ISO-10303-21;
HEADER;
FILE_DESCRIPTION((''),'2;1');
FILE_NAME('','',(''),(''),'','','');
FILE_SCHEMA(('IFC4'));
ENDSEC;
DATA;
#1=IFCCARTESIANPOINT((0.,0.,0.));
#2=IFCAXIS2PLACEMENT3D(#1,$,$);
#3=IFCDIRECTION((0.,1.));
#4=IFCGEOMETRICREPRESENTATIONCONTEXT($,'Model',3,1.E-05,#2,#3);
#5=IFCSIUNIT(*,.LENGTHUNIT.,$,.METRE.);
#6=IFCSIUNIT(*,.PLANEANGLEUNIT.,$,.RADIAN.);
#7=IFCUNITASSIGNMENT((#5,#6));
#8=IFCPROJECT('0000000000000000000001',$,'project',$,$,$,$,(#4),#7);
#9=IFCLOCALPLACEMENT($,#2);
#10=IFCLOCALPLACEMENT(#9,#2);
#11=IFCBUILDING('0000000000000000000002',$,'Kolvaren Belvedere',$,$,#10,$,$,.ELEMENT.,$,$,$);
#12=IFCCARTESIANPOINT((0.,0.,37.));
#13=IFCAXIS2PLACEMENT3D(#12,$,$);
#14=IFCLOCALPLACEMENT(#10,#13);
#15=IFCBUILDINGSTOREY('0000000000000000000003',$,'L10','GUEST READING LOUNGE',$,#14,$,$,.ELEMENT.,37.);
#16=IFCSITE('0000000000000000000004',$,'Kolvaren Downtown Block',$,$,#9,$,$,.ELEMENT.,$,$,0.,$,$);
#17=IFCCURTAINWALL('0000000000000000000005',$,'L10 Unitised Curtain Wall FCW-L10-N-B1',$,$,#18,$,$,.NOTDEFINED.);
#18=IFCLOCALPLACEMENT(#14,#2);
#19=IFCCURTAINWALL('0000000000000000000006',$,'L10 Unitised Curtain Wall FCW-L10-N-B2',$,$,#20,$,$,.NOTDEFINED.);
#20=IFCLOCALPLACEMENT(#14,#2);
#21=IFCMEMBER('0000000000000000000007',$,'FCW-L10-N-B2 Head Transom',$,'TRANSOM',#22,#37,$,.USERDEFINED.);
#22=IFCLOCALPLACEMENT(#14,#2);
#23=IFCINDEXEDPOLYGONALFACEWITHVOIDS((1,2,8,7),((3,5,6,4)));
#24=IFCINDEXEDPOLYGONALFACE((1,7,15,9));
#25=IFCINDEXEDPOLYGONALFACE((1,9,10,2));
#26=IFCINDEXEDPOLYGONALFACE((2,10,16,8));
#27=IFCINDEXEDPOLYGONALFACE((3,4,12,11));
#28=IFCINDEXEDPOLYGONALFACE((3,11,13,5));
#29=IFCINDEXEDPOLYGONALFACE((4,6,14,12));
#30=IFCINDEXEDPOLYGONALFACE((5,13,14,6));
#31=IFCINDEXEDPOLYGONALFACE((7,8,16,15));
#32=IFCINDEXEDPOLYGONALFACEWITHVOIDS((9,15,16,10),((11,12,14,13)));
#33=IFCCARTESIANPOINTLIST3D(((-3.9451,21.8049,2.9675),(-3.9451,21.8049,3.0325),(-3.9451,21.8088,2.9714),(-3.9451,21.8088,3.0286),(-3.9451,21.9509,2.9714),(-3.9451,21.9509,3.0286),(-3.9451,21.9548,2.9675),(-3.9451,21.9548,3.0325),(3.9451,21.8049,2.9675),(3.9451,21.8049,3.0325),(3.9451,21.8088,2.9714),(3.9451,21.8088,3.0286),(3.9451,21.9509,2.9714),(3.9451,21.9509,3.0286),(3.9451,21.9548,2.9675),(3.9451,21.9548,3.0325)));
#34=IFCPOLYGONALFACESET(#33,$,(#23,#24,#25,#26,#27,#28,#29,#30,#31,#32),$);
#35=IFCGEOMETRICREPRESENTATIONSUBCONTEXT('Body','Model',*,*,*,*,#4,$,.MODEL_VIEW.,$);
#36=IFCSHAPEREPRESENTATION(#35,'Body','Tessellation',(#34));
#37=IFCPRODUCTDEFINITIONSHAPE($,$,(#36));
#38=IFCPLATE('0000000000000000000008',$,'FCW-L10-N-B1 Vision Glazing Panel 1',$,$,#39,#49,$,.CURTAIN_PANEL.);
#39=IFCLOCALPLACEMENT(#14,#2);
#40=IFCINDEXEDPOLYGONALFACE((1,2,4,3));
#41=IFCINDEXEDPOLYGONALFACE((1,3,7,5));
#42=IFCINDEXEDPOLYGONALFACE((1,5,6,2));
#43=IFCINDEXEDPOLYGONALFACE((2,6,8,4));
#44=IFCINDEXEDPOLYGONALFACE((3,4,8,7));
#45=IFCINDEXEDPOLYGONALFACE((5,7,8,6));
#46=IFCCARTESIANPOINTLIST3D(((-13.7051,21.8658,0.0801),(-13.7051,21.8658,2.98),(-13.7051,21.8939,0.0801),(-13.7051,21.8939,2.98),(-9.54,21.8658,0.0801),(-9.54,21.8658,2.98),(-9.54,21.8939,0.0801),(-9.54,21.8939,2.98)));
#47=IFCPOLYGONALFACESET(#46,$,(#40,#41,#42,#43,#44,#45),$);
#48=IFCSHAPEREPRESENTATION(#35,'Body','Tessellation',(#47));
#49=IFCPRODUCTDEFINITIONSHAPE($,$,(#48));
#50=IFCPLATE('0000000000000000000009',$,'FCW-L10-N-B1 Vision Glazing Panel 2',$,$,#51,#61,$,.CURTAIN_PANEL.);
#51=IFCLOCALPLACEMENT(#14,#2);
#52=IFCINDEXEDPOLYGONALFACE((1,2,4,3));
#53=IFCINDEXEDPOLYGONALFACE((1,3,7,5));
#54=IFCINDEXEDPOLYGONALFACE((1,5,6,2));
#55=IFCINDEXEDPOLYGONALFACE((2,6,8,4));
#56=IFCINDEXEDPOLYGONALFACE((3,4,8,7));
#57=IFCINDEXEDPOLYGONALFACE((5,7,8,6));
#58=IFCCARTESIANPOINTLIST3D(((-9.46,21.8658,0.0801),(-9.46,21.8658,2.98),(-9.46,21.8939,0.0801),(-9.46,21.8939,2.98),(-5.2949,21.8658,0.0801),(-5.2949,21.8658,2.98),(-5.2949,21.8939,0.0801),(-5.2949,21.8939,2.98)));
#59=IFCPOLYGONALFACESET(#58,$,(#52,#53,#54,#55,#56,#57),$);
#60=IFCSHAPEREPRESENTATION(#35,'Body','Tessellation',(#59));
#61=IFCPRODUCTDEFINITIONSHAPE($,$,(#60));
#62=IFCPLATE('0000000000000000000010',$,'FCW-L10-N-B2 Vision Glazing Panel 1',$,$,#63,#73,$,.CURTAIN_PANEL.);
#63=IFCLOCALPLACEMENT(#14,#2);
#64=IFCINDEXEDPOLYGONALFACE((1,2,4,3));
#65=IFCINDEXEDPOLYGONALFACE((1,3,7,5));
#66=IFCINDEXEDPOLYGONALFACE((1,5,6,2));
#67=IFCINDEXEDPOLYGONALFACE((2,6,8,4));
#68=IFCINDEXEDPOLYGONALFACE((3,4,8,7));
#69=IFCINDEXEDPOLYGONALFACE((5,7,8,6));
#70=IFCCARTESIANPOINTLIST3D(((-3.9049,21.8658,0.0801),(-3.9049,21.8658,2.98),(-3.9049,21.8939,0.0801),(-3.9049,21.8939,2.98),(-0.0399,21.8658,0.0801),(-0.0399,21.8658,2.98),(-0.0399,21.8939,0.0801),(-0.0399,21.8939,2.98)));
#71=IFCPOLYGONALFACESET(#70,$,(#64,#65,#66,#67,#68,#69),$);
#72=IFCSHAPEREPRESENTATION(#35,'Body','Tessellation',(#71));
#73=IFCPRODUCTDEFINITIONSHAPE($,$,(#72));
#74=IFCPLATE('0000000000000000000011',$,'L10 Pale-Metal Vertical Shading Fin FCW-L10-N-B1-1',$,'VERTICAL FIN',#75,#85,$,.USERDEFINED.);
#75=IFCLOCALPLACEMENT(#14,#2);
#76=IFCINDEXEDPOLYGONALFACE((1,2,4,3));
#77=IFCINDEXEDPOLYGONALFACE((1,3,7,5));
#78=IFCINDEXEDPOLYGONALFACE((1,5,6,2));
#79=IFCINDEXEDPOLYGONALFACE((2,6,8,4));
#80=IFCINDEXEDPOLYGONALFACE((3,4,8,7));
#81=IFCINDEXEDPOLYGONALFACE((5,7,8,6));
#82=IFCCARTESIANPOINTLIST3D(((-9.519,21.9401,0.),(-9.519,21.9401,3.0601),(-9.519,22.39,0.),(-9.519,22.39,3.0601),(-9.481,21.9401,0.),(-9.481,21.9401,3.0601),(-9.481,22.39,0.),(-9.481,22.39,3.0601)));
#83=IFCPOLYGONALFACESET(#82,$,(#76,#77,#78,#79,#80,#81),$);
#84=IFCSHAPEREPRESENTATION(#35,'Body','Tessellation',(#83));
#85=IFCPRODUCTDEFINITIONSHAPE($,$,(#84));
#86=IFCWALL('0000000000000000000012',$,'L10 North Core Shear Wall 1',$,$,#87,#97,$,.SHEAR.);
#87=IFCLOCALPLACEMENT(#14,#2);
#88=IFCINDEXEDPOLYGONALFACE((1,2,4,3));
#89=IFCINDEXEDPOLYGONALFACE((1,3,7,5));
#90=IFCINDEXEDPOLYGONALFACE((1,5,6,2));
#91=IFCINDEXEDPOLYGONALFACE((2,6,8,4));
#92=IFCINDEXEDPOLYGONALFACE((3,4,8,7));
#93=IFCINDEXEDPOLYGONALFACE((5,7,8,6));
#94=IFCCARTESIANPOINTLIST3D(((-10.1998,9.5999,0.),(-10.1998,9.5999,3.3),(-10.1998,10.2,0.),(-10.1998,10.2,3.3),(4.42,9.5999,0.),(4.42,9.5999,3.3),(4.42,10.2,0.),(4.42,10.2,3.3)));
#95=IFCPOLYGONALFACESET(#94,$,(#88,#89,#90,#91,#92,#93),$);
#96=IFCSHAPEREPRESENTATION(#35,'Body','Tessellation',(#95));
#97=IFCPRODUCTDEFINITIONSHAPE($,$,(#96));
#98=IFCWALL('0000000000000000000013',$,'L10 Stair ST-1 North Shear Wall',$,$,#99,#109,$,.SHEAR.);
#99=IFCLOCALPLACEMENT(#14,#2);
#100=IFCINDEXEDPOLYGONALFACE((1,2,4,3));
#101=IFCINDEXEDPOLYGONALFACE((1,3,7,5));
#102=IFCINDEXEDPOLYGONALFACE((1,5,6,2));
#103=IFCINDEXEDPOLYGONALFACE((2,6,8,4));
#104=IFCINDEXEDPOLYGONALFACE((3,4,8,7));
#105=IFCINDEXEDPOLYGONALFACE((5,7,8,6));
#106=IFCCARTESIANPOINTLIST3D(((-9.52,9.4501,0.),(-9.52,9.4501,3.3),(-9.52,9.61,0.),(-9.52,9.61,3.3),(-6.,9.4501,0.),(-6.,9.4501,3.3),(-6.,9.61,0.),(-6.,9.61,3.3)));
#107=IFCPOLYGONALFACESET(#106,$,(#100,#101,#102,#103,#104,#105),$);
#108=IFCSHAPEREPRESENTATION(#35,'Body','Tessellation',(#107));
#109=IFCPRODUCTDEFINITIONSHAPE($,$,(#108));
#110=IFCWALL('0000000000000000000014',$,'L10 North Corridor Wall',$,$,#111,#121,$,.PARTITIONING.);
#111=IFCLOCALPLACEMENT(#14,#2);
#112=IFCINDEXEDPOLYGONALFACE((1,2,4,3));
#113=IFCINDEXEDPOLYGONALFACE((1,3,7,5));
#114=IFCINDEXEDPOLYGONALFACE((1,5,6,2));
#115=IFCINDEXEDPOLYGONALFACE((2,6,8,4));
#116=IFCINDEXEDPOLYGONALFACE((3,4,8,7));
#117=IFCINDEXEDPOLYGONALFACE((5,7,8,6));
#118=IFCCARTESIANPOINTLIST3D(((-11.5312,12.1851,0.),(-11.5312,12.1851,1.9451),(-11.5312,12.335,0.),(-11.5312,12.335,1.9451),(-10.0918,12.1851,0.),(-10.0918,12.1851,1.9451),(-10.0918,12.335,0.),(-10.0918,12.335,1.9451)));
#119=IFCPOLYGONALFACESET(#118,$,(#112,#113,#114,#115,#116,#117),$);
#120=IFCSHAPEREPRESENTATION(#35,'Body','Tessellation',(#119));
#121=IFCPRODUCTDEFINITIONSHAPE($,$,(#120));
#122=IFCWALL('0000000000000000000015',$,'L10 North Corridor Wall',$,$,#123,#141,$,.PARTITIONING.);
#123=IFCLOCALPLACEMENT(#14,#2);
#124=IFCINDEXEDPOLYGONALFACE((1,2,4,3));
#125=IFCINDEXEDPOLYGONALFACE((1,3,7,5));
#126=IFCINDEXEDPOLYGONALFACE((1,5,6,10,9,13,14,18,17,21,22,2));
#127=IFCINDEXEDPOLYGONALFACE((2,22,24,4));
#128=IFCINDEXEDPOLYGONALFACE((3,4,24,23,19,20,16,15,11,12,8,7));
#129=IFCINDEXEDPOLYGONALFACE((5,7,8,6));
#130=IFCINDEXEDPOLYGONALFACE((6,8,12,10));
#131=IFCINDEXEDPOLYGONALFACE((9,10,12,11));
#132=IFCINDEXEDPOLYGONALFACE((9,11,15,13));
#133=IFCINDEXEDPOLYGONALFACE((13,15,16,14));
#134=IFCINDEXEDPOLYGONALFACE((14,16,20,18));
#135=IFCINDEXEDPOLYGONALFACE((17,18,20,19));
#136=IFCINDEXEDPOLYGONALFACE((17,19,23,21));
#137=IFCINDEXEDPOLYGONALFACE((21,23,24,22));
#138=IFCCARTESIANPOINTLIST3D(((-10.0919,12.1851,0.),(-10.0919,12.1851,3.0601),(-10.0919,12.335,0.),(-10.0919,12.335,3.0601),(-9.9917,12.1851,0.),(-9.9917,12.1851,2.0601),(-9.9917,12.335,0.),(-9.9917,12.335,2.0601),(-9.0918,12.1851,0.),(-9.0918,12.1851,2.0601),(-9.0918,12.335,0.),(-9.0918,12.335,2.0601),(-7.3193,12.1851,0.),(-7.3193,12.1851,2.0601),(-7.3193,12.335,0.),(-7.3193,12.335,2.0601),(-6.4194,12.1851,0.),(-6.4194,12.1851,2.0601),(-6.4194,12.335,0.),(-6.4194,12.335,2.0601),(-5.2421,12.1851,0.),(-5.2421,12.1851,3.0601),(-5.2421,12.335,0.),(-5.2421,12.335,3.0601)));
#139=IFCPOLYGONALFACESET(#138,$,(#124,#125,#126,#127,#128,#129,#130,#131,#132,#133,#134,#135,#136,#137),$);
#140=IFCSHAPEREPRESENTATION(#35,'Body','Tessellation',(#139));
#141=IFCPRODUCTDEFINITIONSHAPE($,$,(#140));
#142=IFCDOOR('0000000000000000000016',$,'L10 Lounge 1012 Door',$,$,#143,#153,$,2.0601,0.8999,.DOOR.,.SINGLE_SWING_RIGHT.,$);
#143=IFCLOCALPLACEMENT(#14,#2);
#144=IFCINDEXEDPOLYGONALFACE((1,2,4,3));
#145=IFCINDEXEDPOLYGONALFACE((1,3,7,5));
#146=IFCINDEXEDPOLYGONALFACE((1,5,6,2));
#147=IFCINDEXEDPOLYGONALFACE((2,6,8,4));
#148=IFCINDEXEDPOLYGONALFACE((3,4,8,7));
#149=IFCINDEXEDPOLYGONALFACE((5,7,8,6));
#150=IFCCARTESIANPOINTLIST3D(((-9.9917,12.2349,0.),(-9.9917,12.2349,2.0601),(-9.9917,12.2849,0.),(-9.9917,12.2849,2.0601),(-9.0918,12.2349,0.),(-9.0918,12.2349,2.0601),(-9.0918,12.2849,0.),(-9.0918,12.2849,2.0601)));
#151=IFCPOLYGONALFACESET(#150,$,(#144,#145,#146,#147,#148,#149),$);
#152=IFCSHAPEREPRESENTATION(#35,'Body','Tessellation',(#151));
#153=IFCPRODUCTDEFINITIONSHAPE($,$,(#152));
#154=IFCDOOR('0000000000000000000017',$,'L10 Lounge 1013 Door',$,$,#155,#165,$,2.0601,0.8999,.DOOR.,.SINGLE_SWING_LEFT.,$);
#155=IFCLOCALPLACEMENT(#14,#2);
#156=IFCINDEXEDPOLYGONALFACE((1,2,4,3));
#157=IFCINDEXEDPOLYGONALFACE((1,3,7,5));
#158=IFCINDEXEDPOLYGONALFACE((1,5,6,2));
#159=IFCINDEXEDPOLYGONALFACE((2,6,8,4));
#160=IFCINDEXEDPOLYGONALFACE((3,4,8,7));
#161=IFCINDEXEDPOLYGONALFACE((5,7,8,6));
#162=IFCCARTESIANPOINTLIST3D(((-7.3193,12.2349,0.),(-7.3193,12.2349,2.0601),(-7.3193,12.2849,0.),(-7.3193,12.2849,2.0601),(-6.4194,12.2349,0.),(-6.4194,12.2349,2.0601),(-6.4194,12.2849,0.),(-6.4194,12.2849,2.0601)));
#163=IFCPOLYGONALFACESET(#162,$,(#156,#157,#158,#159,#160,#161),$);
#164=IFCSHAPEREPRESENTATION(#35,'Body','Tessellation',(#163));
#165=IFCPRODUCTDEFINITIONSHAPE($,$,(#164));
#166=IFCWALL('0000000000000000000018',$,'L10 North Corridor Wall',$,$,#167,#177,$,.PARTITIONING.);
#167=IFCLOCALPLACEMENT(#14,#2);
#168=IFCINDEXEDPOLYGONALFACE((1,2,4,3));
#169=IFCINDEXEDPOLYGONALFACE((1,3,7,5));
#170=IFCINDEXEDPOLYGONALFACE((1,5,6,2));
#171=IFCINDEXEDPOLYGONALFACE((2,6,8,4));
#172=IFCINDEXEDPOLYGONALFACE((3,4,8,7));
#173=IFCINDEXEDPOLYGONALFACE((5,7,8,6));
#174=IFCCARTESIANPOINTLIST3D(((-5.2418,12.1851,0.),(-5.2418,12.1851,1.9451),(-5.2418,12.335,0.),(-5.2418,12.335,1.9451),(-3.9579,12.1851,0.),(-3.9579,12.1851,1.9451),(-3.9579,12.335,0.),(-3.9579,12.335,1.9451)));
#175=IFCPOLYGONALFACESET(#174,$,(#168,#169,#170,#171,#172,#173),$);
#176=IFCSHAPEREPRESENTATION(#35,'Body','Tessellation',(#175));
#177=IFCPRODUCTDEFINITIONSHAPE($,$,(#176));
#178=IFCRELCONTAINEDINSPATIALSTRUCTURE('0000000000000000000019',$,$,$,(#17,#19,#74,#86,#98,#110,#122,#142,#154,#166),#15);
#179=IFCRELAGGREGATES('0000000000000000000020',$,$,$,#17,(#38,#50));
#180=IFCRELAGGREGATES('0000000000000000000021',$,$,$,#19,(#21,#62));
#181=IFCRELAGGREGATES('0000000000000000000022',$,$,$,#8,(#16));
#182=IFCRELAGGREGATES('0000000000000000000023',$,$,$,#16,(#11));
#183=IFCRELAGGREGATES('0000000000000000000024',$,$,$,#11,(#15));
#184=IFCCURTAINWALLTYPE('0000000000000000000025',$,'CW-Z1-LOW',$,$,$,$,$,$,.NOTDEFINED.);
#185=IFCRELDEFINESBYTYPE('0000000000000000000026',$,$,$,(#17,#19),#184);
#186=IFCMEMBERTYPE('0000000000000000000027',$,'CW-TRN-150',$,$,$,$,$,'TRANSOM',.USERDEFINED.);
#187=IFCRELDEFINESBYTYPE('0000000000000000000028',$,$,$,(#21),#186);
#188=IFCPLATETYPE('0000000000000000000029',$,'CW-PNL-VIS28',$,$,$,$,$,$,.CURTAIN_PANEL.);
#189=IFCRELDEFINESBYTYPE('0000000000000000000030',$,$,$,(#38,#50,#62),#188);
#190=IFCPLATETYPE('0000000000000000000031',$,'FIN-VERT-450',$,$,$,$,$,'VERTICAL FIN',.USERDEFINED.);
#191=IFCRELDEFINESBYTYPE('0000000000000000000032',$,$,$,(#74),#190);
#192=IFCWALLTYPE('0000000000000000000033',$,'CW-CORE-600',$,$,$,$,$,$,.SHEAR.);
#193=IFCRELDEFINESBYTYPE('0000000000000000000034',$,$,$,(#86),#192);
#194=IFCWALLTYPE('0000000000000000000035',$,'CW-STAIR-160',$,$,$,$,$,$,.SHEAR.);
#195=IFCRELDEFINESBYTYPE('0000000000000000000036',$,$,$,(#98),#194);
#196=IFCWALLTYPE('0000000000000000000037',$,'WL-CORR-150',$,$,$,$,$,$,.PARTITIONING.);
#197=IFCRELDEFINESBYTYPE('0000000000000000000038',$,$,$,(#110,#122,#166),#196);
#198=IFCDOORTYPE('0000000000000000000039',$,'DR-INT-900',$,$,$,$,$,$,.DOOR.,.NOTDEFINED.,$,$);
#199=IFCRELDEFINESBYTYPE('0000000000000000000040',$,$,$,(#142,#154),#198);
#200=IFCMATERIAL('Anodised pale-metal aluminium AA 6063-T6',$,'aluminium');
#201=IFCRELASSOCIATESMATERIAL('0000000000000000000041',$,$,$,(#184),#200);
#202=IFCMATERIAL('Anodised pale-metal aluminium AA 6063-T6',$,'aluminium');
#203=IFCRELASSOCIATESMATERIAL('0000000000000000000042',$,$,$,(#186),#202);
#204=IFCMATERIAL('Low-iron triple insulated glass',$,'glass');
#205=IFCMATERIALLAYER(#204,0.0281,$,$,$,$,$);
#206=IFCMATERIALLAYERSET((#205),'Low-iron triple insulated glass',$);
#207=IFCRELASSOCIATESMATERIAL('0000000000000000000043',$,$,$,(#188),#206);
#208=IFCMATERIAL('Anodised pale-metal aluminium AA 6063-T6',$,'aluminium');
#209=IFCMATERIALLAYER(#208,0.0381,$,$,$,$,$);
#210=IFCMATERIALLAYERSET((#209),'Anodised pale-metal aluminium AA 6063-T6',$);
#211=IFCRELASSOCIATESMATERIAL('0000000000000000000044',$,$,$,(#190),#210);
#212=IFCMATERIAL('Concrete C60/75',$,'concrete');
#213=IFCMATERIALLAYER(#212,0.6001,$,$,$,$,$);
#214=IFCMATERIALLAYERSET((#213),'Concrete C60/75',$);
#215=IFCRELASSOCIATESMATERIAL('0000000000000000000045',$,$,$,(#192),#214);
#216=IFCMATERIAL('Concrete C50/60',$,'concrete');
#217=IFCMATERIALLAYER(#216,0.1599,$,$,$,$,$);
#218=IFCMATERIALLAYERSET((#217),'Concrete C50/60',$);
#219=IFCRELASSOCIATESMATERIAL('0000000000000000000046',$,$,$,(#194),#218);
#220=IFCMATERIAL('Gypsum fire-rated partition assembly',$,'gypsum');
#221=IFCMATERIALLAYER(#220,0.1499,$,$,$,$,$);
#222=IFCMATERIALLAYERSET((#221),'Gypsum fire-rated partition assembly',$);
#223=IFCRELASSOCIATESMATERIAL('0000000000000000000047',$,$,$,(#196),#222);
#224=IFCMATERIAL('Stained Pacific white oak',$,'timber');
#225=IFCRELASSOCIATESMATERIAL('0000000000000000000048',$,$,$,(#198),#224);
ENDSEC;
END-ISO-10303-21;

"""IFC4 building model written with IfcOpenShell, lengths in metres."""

from ifc_helpers import new_model, si_unit, direction, frame, frame_2d, origin, origin_2d, place, context, subcontext, project, spatial, rectangle, hollow_rectangle, extrude, material, layer, layer_set, material_profile, profile_set, type_object, element, fill, aggregate, save


model = new_model("IFC4")

# Units and contexts
model_context = context("Model", 3, precision=1e-05, world=origin(), true_north=direction((0.0, 1.0)))
body_context = subcontext(model_context, "Body", "Model", "MODEL_VIEW")
ifc_project = project(units=[si_unit("LENGTHUNIT", "METRE"), si_unit("PLANEANGLEUNIT", "RADIAN")], contexts=[model_context])

# Site, building, storey
site_placement = place(None, origin())
site = spatial("IfcSite", under=ifc_project, at=site_placement, Name="Kolvaren Downtown Block", CompositionType="ELEMENT", RefElevation=0.0)
building_placement = place(site_placement, origin())
building = spatial("IfcBuilding", under=site, at=building_placement, Name="Kolvaren Belvedere", CompositionType="ELEMENT")
storey_placement = place(building_placement, frame((0.0, 0.0, 37.0)))
storey = spatial("IfcBuildingStorey", under=building, at=storey_placement, Name="L10", Description="GUEST READING LOUNGE", CompositionType="ELEMENT", Elevation=37.0)

# Curtain walls, member
ifc_material_1 = material(Name="Anodised pale-metal aluminium AA 6063-T6", Category="aluminium")
curtain_wall_type = type_object("IfcCurtainWallType", Name="CW-Z1-LOW", PredefinedType="NOTDEFINED", material=ifc_material_1)
curtain_wall_1_placement = place(storey_placement, origin())
curtain_wall_1 = element("IfcCurtainWall", 1, at=curtain_wall_1_placement, inside=storey, type_object=curtain_wall_type, Name="L10 Unitised Curtain Wall FCW-L10-N-B1", PredefinedType="NOTDEFINED")
curtain_wall_2_placement = place(storey_placement, origin())
curtain_wall_2 = element("IfcCurtainWall", 2, at=curtain_wall_2_placement, inside=storey, type_object=curtain_wall_type, Name="L10 Unitised Curtain Wall FCW-L10-N-B2", PredefinedType="NOTDEFINED")
ifc_material_2 = material(Name="Anodised pale-metal aluminium AA 6063-T6", Category="aluminium")
ifc_material_profile_1 = material_profile(ifc_material_2, hollow_rectangle(XDim=0.0649, YDim=0.1499, WallThickness=0.0039, at=origin_2d()), Name="ALU-TRN-150X65")
ifc_profile_set_1 = profile_set([ifc_material_profile_1], Name="Anodised pale-metal aluminium AA 6063-T6")
member_type_1 = type_object("IfcMemberType", Name="CW-TRN-150", ElementType="TRANSOM", PredefinedType="USERDEFINED", material=ifc_profile_set_1)
member_1_placement = place(storey_placement, frame((-3.9451, 21.8799, 3.0), z_axis=(1.0, 0.0, 0.0), x_axis=(0.0, 0.0, 1.0)))
member_1 = element("IfcMember", 3, at=member_1_placement, type_object=member_type_1, Name="FCW-L10-N-B2 Head Transom", ObjectType="TRANSOM", PredefinedType="USERDEFINED", context=body_context, shape_type="SweptSolid", body=[
    extrude(hollow_rectangle(XDim=0.0649, YDim=0.1499, WallThickness=0.0039, at=origin_2d()), origin(), (0.0, 0.0, 1.0), 7.8901),
])

# Plates
ifc_material_3 = material(Name="Low-iron triple insulated glass", Category="glass")
ifc_layer_1 = layer(ifc_material_3, 0.0281)
ifc_layer_set_1 = layer_set([ifc_layer_1], Name="Low-iron triple insulated glass")
plate_type_1 = type_object("IfcPlateType", Name="CW-PNL-VIS28", PredefinedType="CURTAIN_PANEL", material=ifc_layer_set_1)
plate_1_placement = place(storey_placement, frame((-11.6226, 21.8799, 0.0801), z_axis=(0.0, 0.0, 1.0), x_axis=(1.0, 0.0, 0.0)))
plate_1 = element("IfcPlate", 4, at=plate_1_placement, type_object=plate_type_1, Name="FCW-L10-N-B1 Vision Glazing Panel 1", PredefinedType="CURTAIN_PANEL", context=body_context, shape_type="SweptSolid", body=[
    extrude(rectangle(XDim=4.165, YDim=0.0281, at=origin_2d()), origin(), (0.0, 0.0, 1.0), 2.8999),
])
plate_2_placement = place(storey_placement, frame((-7.3774, 21.8799, 0.0801), z_axis=(0.0, 0.0, 1.0), x_axis=(1.0, 0.0, 0.0)))
plate_2 = element("IfcPlate", 5, at=plate_2_placement, type_object=plate_type_1, Name="FCW-L10-N-B1 Vision Glazing Panel 2", PredefinedType="CURTAIN_PANEL", context=body_context, shape_type="SweptSolid", body=[
    extrude(rectangle(XDim=4.165, YDim=0.0281, at=origin_2d()), origin(), (0.0, 0.0, 1.0), 2.8999),
])
aggregate(curtain_wall_1, [plate_1, plate_2])
plate_3_placement = place(storey_placement, frame((-1.9724, 21.8799, 0.0801), z_axis=(0.0, 0.0, 1.0), x_axis=(1.0, 0.0, 0.0)))
plate_3 = element("IfcPlate", 6, at=plate_3_placement, type_object=plate_type_1, Name="FCW-L10-N-B2 Vision Glazing Panel 1", PredefinedType="CURTAIN_PANEL", context=body_context, shape_type="SweptSolid", body=[
    extrude(rectangle(XDim=3.865, YDim=0.0281, at=origin_2d()), origin(), (0.0, 0.0, 1.0), 2.8999),
])
aggregate(curtain_wall_2, [member_1, plate_3])
ifc_material_4 = material(Name="Anodised pale-metal aluminium AA 6063-T6", Category="aluminium")
ifc_layer_2 = layer(ifc_material_4, 0.0381)
ifc_layer_set_2 = layer_set([ifc_layer_2], Name="Anodised pale-metal aluminium AA 6063-T6")
plate_type_2 = type_object("IfcPlateType", Name="FIN-VERT-450", ElementType="VERTICAL FIN", PredefinedType="USERDEFINED", material=ifc_layer_set_2)
plate_4_placement = place(storey_placement, frame((-9.5, 22.165, 0.0), z_axis=(0.0, 0.0, 1.0), x_axis=(0.0, 1.0, 0.0)))
element("IfcPlate", 7, at=plate_4_placement, inside=storey, type_object=plate_type_2, Name="L10 Pale-Metal Vertical Shading Fin FCW-L10-N-B1-1", ObjectType="VERTICAL FIN", PredefinedType="USERDEFINED", context=body_context, shape_type="SweptSolid", body=[
    extrude(rectangle(XDim=0.45, YDim=0.0381, at=origin_2d()), origin(), (0.0, 0.0, 1.0), 3.0601),
])

# Walls
ifc_material_5 = material(Name="Concrete C60/75", Category="concrete")
ifc_layer_3 = layer(ifc_material_5, 0.6001)
ifc_layer_set_3 = layer_set([ifc_layer_3], Name="Concrete C60/75")
wall_type_1 = type_object("IfcWallType", Name="CW-CORE-600", PredefinedType="SHEAR", material=ifc_layer_set_3)
wall_1_placement = place(storey_placement, frame((-10.2, 9.8999, 0.0), z_axis=(0.0, 0.0, 1.0), x_axis=(1.0, 0.0, 0.0)))
element("IfcWall", 8, at=wall_1_placement, inside=storey, type_object=wall_type_1, Name="L10 North Core Shear Wall 1", PredefinedType="SHEAR", context=body_context, shape_type="SweptSolid", body=[
    extrude(rectangle(XDim=14.6199, YDim=0.6001, at=frame_2d((7.3101, 0.0))), origin(), (0.0, 0.0, 1.0), 3.3),
])
ifc_material_6 = material(Name="Concrete C50/60", Category="concrete")
ifc_layer_4 = layer(ifc_material_6, 0.1599)
ifc_layer_set_4 = layer_set([ifc_layer_4], Name="Concrete C50/60")
wall_type_2 = type_object("IfcWallType", Name="CW-STAIR-160", PredefinedType="SHEAR", material=ifc_layer_set_4)
wall_2_placement = place(storey_placement, frame((-9.52, 9.53, 0.0), z_axis=(0.0, 0.0, 1.0), x_axis=(1.0, 0.0, 0.0)))
element("IfcWall", 9, at=wall_2_placement, inside=storey, type_object=wall_type_2, Name="L10 Stair ST-1 North Shear Wall", PredefinedType="SHEAR", context=body_context, shape_type="SweptSolid", body=[
    extrude(rectangle(XDim=3.52, YDim=0.1599, at=frame_2d((1.76, 0.0))), origin(), (0.0, 0.0, 1.0), 3.3),
])
ifc_material_7 = material(Name="Gypsum fire-rated partition assembly", Category="gypsum")
ifc_layer_5 = layer(ifc_material_7, 0.1499)
ifc_layer_set_5 = layer_set([ifc_layer_5], Name="Gypsum fire-rated partition assembly")
wall_type_3 = type_object("IfcWallType", Name="WL-CORR-150", PredefinedType="PARTITIONING", material=ifc_layer_set_5)
wall_3_placement = place(storey_placement, frame((-11.5312, 12.26, 0.0), z_axis=(0.0, 0.0, 1.0), x_axis=(1.0, 0.0, 0.0)))
element("IfcWall", 10, at=wall_3_placement, inside=storey, type_object=wall_type_3, Name="L10 North Corridor Wall", PredefinedType="PARTITIONING", context=body_context, shape_type="SweptSolid", body=[
    extrude(rectangle(XDim=1.4395, YDim=0.1499, at=frame_2d((0.7197, 0.0))), origin(), (0.0, 0.0, 1.0), 1.9451),
])

# Wall, openings, doors
wall_4_placement = place(storey_placement, frame((-10.0918, 12.26, 0.0), z_axis=(0.0, 0.0, 1.0), x_axis=(1.0, 0.0, 0.0)))
wall_4 = element("IfcWall", 11, at=wall_4_placement, inside=storey, type_object=wall_type_3, Name="L10 North Corridor Wall", PredefinedType="PARTITIONING", context=body_context, shape_type="SweptSolid", body=[
    extrude(rectangle(XDim=4.8499, YDim=0.1499, at=frame_2d((2.4248, 0.0))), origin(), (0.0, 0.0, 1.0), 3.0601),
])
opening_1_placement = place(wall_4_placement, frame((0.1001, 0.0, 0.0)))
opening_1 = element("IfcOpeningElement", 12, at=opening_1_placement, cuts=wall_4, PredefinedType="OPENING", context=body_context, shape_type="SweptSolid", body=[
    extrude(rectangle(XDim=0.8999, YDim=2.0601, at=frame_2d((0.45, 1.03))), frame((0.0, 0.085, 0.0), z_axis=(0.0, -1.0, 0.0), x_axis=(1.0, 0.0, 0.0)), (0.0, 0.0, 1.0), 0.1699),
])
opening_2_placement = place(wall_4_placement, frame((2.7725, 0.0, 0.0)))
opening_2 = element("IfcOpeningElement", 13, at=opening_2_placement, cuts=wall_4, PredefinedType="OPENING", context=body_context, shape_type="SweptSolid", body=[
    extrude(rectangle(XDim=0.8999, YDim=2.0601, at=frame_2d((0.45, 1.03))), frame((0.0, 0.085, 0.0), z_axis=(0.0, -1.0, 0.0), x_axis=(1.0, 0.0, 0.0)), (0.0, 0.0, 1.0), 0.1699),
])
ifc_material_8 = material(Name="Stained Pacific white oak", Category="timber")
door_type_1 = type_object("IfcDoorType", Name="DR-INT-900", OperationType="NOTDEFINED", PredefinedType="DOOR", material=ifc_material_8)
door_1_placement = place(opening_1_placement, origin())
door_1 = element("IfcDoor", 14, at=door_1_placement, inside=storey, type_object=door_type_1, Name="L10 Lounge 1012 Door", OperationType="SINGLE_SWING_RIGHT", OverallHeight=2.0601, OverallWidth=0.8999, PredefinedType="DOOR", context=body_context, shape_type="SweptSolid", body=[
    extrude(rectangle(XDim=0.8999, YDim=2.0601, at=frame_2d((0.45, 1.03))), frame((0.0, 0.0249, 0.0), z_axis=(0.0, -1.0, 0.0), x_axis=(1.0, 0.0, 0.0)), (0.0, 0.0, 1.0), 0.05),
])
fill(opening_1, door_1)
door_2_placement = place(opening_2_placement, origin())
door_2 = element("IfcDoor", 15, at=door_2_placement, inside=storey, type_object=door_type_1, Name="L10 Lounge 1013 Door", OperationType="SINGLE_SWING_LEFT", OverallHeight=2.0601, OverallWidth=0.8999, PredefinedType="DOOR", context=body_context, shape_type="SweptSolid", body=[
    extrude(rectangle(XDim=0.8999, YDim=2.0601, at=frame_2d((0.45, 1.03))), frame((0.0, 0.0249, 0.0), z_axis=(0.0, -1.0, 0.0), x_axis=(1.0, 0.0, 0.0)), (0.0, 0.0, 1.0), 0.05),
])
fill(opening_2, door_2)

# Wall
wall_5_placement = place(storey_placement, frame((-5.2419, 12.26, 0.0), z_axis=(0.0, 0.0, 1.0), x_axis=(1.0, 0.0, 0.0)))
element("IfcWall", 16, at=wall_5_placement, inside=storey, type_object=wall_type_3, Name="L10 North Corridor Wall", PredefinedType="PARTITIONING", context=body_context, shape_type="SweptSolid", body=[
    extrude(rectangle(XDim=1.2839, YDim=0.1499, at=frame_2d((0.6421, 0.0))), origin(), (0.0, 0.0, 1.0), 1.9451),
])

save(model, "model.ifc")
